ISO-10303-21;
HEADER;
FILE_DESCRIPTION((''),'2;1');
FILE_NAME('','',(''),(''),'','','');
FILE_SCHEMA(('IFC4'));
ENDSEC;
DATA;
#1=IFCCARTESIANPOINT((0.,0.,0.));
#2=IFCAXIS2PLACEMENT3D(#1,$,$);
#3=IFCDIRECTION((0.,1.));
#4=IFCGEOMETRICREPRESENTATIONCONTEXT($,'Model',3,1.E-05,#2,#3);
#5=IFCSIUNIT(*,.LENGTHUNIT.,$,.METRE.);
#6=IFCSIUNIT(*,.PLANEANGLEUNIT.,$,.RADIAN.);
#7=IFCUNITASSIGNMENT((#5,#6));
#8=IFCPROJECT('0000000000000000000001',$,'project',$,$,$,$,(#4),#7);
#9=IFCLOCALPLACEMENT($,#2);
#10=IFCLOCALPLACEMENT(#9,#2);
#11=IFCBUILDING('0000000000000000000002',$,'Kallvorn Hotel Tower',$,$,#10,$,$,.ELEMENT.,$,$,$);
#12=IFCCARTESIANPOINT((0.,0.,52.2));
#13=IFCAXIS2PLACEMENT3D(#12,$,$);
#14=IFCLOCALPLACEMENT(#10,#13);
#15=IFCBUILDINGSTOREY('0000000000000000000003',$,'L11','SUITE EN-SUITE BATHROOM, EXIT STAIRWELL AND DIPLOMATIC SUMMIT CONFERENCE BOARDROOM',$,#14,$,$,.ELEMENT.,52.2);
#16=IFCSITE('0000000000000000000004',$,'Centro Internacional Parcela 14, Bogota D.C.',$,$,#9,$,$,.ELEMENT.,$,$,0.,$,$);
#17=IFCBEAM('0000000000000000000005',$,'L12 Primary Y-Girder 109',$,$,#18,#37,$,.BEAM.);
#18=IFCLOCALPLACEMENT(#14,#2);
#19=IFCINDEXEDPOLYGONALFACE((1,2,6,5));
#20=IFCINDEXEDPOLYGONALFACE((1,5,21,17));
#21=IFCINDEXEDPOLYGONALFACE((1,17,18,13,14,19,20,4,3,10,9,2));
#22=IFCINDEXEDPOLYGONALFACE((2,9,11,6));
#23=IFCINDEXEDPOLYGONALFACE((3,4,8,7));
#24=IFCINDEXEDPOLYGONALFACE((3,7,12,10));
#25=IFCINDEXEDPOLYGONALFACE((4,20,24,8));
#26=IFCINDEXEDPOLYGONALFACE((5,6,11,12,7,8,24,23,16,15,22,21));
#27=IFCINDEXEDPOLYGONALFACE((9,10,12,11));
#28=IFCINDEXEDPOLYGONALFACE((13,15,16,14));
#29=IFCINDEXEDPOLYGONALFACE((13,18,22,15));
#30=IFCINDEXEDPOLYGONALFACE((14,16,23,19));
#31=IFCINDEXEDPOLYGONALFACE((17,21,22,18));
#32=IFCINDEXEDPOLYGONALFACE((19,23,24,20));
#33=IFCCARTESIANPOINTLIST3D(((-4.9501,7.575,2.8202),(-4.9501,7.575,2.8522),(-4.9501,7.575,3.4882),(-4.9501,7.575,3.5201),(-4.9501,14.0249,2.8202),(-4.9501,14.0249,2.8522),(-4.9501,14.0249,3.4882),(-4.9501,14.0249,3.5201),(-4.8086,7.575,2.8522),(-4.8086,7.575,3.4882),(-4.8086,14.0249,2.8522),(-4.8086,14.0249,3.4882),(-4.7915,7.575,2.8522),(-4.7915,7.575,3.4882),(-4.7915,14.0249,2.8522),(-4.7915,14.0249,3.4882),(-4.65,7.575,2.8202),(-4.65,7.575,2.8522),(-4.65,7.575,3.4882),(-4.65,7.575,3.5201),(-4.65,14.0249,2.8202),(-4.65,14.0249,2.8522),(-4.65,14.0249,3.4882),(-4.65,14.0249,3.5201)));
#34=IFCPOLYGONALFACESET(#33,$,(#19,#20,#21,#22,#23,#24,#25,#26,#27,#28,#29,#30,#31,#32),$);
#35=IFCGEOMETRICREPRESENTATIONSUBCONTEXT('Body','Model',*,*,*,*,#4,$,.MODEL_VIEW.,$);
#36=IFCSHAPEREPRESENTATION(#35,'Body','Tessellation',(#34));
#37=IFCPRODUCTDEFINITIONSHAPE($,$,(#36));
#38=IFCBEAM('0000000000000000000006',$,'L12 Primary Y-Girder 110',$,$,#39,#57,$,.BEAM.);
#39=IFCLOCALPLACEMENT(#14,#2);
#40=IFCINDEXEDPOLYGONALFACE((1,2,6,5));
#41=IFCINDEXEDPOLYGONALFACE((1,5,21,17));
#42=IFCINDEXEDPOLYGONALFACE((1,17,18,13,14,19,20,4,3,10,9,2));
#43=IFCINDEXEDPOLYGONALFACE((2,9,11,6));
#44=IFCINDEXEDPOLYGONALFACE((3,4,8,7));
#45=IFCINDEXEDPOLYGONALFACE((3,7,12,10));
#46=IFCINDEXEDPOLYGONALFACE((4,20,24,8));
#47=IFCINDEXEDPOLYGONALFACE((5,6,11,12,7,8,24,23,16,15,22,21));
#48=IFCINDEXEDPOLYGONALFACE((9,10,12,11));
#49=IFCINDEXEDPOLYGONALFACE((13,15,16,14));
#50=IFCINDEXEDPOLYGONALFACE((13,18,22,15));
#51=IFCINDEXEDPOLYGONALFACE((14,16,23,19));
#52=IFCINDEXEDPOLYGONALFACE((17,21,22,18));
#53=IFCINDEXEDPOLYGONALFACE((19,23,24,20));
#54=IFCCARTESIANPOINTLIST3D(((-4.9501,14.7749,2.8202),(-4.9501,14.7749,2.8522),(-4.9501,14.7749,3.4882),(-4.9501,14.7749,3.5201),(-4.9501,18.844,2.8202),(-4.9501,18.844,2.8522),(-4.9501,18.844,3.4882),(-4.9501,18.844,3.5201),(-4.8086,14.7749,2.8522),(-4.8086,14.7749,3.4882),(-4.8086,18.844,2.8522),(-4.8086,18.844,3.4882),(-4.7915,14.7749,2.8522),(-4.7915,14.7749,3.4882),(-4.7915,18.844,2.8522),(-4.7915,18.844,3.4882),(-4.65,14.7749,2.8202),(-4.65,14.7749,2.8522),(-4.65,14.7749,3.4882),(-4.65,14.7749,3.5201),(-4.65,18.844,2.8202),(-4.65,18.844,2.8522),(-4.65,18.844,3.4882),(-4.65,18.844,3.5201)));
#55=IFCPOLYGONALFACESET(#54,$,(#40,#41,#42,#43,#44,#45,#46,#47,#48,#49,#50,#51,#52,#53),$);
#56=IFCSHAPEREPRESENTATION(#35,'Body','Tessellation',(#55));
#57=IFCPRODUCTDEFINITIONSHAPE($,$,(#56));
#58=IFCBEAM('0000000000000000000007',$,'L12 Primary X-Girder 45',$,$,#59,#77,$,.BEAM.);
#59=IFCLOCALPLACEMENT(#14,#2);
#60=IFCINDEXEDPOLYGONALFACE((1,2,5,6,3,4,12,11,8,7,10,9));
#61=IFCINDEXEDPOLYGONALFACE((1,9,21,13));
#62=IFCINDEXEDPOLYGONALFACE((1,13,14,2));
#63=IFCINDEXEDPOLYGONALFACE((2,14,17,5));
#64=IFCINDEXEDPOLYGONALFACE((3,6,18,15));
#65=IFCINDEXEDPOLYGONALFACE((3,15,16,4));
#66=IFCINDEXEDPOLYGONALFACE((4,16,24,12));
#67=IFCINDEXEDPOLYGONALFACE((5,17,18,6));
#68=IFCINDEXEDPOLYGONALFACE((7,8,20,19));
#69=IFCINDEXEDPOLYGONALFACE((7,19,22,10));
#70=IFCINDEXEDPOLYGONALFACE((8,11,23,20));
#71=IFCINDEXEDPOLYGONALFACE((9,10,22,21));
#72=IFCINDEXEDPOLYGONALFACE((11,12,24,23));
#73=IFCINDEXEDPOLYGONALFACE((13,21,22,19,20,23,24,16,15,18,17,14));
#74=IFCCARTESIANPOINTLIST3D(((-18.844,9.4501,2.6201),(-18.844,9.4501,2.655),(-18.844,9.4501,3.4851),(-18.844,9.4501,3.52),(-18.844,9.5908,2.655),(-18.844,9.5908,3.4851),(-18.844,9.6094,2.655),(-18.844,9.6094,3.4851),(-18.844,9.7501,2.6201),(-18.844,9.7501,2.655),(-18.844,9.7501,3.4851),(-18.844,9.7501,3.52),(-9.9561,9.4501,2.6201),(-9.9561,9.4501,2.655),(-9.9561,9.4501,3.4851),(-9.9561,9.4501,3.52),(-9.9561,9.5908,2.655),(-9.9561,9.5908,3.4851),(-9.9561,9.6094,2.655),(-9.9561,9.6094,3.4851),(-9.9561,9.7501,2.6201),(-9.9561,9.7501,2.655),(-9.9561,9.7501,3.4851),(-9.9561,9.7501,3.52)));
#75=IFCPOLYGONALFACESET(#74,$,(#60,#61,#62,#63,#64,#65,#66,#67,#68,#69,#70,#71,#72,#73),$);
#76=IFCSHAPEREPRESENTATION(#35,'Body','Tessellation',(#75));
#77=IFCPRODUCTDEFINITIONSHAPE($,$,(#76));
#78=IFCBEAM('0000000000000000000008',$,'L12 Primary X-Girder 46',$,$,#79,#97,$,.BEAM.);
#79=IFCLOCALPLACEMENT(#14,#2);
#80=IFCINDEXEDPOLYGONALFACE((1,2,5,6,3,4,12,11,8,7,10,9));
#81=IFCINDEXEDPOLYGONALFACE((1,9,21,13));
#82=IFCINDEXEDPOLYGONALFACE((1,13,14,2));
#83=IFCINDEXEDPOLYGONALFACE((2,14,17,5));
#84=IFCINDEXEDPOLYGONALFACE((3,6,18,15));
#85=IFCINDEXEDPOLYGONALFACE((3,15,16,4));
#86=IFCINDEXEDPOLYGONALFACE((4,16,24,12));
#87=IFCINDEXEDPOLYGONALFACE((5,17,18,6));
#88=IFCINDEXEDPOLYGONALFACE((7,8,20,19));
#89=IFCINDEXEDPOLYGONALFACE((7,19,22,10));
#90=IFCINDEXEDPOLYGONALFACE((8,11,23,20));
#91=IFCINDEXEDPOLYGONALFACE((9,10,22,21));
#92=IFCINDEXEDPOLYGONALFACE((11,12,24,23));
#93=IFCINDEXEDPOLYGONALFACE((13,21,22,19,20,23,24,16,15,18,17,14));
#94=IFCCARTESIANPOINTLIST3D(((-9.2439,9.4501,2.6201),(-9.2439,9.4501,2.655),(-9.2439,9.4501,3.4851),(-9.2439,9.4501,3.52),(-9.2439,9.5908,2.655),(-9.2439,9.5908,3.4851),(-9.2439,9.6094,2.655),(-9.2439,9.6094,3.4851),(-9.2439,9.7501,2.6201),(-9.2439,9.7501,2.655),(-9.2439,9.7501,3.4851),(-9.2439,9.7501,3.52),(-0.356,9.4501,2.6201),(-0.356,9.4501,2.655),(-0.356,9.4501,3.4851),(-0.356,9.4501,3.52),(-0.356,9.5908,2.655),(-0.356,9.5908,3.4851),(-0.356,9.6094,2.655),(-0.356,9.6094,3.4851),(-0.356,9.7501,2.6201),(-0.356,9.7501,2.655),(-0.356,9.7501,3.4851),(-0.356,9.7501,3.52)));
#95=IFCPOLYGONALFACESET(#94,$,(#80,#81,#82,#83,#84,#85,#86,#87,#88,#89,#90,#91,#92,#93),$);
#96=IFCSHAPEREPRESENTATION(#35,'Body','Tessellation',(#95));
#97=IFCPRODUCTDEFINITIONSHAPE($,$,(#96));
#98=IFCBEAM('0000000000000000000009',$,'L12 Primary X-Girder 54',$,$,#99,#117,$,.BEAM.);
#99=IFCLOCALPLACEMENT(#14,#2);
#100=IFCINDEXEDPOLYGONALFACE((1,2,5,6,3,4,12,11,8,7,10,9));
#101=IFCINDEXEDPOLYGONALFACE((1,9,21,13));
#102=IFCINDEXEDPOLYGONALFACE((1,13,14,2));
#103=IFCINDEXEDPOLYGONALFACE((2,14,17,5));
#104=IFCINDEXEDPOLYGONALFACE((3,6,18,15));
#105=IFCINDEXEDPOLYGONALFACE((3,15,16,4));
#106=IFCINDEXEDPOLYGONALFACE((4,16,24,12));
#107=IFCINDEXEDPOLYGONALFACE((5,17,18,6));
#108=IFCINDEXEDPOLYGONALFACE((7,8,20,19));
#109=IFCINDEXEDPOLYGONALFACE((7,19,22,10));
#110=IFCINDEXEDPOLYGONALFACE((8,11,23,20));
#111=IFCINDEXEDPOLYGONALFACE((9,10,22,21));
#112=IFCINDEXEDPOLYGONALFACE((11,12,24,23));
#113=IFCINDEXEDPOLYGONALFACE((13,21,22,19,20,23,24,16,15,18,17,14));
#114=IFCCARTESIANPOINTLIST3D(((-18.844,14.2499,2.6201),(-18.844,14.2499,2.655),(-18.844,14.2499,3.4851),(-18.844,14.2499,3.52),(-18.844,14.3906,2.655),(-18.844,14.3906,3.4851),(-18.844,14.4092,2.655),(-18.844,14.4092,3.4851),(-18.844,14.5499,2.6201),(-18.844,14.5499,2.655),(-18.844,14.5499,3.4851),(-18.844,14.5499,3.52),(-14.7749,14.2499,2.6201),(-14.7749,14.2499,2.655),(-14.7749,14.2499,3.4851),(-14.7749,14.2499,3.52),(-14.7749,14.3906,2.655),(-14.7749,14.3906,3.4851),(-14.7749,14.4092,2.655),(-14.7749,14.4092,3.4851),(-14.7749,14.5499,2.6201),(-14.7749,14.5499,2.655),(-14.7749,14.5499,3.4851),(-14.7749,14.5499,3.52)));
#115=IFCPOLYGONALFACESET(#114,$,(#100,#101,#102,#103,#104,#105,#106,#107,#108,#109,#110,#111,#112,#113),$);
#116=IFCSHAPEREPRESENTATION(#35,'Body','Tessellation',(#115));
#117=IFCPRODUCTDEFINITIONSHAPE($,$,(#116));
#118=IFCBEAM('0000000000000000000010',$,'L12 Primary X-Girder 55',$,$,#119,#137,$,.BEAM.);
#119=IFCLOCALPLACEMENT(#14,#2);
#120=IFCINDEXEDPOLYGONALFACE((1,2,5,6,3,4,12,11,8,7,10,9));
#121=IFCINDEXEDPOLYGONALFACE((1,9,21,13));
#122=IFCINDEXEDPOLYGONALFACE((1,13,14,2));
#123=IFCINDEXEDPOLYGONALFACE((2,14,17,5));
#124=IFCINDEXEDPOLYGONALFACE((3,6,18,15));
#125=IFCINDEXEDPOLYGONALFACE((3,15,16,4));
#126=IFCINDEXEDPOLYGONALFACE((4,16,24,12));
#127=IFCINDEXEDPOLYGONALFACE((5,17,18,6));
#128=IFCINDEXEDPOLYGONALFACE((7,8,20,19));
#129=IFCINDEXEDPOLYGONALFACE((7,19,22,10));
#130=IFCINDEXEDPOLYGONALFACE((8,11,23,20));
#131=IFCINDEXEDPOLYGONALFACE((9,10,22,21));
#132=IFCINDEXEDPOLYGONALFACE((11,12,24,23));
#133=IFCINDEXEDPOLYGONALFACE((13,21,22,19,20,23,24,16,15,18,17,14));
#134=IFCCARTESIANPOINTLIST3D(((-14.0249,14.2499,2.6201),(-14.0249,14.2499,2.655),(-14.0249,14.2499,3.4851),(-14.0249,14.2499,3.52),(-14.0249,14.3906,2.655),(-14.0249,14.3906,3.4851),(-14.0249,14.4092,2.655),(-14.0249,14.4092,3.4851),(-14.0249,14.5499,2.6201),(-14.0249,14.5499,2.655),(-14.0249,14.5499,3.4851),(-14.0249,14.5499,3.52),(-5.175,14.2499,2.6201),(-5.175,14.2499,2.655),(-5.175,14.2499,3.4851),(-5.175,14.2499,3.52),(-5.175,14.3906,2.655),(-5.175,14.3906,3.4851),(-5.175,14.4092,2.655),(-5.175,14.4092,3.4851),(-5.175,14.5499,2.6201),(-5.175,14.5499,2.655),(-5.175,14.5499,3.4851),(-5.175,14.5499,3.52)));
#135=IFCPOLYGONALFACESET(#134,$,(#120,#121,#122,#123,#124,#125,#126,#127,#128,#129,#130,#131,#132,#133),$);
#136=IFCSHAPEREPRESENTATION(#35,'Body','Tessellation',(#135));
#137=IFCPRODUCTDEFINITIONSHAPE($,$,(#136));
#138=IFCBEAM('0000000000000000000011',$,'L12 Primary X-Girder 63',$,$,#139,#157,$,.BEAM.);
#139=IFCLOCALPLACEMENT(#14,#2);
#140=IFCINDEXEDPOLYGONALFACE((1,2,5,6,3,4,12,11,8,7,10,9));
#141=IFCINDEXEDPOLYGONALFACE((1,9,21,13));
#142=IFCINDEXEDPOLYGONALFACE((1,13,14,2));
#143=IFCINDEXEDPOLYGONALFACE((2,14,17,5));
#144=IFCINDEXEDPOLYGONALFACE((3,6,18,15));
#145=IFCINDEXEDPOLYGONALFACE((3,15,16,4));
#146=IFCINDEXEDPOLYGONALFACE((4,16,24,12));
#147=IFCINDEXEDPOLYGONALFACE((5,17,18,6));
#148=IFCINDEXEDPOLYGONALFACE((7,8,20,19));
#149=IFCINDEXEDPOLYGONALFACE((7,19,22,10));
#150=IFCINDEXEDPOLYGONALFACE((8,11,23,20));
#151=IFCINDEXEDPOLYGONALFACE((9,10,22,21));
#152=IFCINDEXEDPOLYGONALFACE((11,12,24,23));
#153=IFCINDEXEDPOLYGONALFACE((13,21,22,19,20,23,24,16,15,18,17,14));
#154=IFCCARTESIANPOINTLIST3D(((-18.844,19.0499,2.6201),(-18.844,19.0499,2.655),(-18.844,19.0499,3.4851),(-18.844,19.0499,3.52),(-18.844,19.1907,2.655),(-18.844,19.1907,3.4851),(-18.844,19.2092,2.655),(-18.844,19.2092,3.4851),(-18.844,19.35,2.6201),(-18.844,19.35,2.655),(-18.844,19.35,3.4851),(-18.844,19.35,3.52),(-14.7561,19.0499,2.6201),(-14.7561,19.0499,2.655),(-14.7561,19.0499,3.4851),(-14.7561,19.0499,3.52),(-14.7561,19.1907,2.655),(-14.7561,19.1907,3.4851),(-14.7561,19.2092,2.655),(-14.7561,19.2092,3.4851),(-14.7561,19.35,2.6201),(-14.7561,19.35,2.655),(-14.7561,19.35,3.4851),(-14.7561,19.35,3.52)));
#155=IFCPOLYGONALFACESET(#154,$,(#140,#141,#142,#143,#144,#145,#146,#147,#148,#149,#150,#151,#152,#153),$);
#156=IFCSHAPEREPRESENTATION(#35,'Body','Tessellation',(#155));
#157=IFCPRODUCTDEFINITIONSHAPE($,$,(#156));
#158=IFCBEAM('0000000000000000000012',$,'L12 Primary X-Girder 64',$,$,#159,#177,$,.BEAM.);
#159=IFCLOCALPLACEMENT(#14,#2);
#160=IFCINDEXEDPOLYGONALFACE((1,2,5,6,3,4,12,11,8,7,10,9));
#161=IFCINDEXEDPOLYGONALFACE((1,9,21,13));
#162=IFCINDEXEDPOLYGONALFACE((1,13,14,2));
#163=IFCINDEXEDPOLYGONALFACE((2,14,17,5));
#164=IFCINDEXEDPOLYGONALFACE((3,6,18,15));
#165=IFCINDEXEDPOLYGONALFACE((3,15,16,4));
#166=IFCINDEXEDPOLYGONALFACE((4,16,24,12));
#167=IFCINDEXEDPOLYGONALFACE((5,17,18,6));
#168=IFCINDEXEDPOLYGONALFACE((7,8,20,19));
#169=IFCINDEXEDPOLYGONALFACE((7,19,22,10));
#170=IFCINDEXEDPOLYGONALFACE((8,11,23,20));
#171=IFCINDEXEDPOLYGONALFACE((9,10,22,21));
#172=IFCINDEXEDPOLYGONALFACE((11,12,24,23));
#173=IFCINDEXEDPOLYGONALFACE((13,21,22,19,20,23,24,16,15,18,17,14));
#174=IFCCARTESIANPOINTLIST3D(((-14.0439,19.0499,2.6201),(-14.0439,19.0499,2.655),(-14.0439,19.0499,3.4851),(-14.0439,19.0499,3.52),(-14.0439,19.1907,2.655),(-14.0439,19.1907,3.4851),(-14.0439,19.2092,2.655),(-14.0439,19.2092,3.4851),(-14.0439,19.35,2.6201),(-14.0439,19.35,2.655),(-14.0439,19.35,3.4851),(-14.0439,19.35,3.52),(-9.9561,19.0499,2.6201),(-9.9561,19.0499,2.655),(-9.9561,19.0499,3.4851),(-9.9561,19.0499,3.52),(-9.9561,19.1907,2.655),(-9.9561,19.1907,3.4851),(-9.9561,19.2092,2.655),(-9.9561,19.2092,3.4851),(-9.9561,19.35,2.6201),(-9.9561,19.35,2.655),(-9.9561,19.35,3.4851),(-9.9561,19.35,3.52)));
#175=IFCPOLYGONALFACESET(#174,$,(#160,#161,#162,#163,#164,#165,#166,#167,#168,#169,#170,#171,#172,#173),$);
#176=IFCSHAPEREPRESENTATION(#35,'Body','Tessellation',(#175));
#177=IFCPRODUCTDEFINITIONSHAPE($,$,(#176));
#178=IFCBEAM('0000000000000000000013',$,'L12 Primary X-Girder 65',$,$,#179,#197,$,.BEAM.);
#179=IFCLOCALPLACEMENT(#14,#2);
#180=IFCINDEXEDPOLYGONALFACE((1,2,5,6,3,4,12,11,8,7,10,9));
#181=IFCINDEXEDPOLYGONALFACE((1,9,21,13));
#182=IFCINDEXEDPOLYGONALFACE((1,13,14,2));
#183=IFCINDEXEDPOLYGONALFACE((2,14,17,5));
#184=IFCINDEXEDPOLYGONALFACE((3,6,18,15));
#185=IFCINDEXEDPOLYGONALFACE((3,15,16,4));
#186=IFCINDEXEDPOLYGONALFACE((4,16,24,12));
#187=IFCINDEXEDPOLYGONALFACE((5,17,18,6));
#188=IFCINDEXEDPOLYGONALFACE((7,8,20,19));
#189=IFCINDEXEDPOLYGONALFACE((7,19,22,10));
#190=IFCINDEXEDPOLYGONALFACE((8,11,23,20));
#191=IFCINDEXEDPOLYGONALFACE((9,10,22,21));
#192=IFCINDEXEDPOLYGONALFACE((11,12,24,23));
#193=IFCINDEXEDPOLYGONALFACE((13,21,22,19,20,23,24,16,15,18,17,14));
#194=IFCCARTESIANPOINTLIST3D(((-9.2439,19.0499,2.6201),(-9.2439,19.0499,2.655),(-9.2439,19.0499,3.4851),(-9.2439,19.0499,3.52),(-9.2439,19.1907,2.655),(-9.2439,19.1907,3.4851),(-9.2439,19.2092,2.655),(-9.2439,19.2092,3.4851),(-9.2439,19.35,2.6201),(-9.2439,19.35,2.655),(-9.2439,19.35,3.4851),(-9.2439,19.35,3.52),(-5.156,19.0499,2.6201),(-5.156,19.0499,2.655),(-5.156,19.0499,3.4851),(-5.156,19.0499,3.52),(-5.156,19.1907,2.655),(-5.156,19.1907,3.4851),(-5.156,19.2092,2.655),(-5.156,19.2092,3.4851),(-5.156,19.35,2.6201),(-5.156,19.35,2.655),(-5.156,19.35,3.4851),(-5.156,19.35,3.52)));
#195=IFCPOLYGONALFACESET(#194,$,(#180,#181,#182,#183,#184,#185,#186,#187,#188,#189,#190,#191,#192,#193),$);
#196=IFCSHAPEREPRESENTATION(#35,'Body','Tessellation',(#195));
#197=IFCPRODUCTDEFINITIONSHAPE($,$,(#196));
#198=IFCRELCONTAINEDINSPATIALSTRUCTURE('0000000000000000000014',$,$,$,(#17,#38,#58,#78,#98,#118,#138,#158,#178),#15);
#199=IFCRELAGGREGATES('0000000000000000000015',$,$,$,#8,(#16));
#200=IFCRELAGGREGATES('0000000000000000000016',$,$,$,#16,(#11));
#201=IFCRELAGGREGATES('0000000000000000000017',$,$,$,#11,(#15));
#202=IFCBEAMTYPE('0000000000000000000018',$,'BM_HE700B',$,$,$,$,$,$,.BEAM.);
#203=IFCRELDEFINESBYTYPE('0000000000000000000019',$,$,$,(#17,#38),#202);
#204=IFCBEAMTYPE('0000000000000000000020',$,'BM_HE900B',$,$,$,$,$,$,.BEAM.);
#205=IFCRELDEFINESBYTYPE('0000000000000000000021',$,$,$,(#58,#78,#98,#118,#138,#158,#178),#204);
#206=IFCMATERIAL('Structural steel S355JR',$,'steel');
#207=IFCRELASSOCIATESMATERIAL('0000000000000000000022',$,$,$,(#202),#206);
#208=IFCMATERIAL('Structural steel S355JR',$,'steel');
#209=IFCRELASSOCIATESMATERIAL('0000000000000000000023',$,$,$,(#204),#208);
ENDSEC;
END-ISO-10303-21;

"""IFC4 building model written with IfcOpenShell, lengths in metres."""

from ifc_helpers import new_model, si_unit, direction, frame, origin, origin_2d, place, context, subcontext, project, spatial, i_section, extrude, material, material_profile, profile_set, type_object, element, save


model = new_model("IFC4")

# Units and contexts
model_context = context("Model", 3, precision=1e-05, world=origin(), true_north=direction((0.0, 1.0)))
body_context = subcontext(model_context, "Body", "Model", "MODEL_VIEW")
ifc_project = project(units=[si_unit("LENGTHUNIT", "METRE"), si_unit("PLANEANGLEUNIT", "RADIAN")], contexts=[model_context])

# Site, building, storey
site_placement = place(None, origin())
site = spatial("IfcSite", under=ifc_project, at=site_placement, Name="Centro Internacional Parcela 14, Bogota D.C.", CompositionType="ELEMENT", RefElevation=0.0)
building_placement = place(site_placement, origin())
building = spatial("IfcBuilding", under=site, at=building_placement, Name="Kallvorn Hotel Tower", CompositionType="ELEMENT")
storey_placement = place(building_placement, frame((0.0, 0.0, 52.2)))
storey = spatial("IfcBuildingStorey", under=building, at=storey_placement, Name="L11", Description="SUITE EN-SUITE BATHROOM, EXIT STAIRWELL AND DIPLOMATIC SUMMIT CONFERENCE BOARDROOM", CompositionType="ELEMENT", Elevation=52.2)

# Beams
ifc_material_1 = material(Name="Structural steel S355JR", Category="steel")
ifc_material_profile_1 = material_profile(ifc_material_1, i_section(OverallWidth=0.3, OverallDepth=0.7, WebThickness=0.0171, FlangeThickness=0.032, at=origin_2d()), Name="HE 700 B")
ifc_profile_set_1 = profile_set([ifc_material_profile_1], Name="Structural steel S355JR")
beam_type_1 = type_object("IfcBeamType", Name="BM_HE700B", PredefinedType="BEAM", material=ifc_profile_set_1)
beam_1_placement = place(storey_placement, frame((-4.8, 7.575, 3.1702), z_axis=(0.0, 1.0, 0.0), x_axis=(-1.0, 0.0, 0.0)))
element("IfcBeam", 1, at=beam_1_placement, inside=storey, type_object=beam_type_1, Name="L12 Primary Y-Girder 109", PredefinedType="BEAM", context=body_context, shape_type="SweptSolid", body=[
    extrude(i_section(OverallWidth=0.3, OverallDepth=0.7, WebThickness=0.0171, FlangeThickness=0.032, at=origin_2d()), origin(), (0.0, 0.0, 1.0), 6.45),
])
beam_2_placement = place(storey_placement, frame((-4.8, 14.7749, 3.1702), z_axis=(0.0, 1.0, 0.0), x_axis=(-1.0, 0.0, 0.0)))
element("IfcBeam", 2, at=beam_2_placement, inside=storey, type_object=beam_type_1, Name="L12 Primary Y-Girder 110", PredefinedType="BEAM", context=body_context, shape_type="SweptSolid", body=[
    extrude(i_section(OverallWidth=0.3, OverallDepth=0.7, WebThickness=0.0171, FlangeThickness=0.032, at=origin_2d()), origin(), (0.0, 0.0, 1.0), 4.0691),
])
ifc_material_2 = material(Name="Structural steel S355JR", Category="steel")
ifc_material_profile_2 = material_profile(ifc_material_2, i_section(OverallWidth=0.3, OverallDepth=0.8999, WebThickness=0.0186, FlangeThickness=0.0349, at=origin_2d()), Name="HE 900 B")
ifc_profile_set_2 = profile_set([ifc_material_profile_2], Name="Structural steel S355JR")
beam_type_2 = type_object("IfcBeamType", Name="BM_HE900B", PredefinedType="BEAM", material=ifc_profile_set_2)
for number, where, z_axis, x_axis, name in (
    (3, (-18.844, 9.6001, 3.0701), (1.0, 0.0, 0.0), (0.0, 1.0, 0.0), "L12 Primary X-Girder 45"),
    (4, (-9.2439, 9.6001, 3.0701), (1.0, 0.0, 0.0), (0.0, 1.0, 0.0), "L12 Primary X-Girder 46"),
):
    element("IfcBeam", number, at=place(storey_placement, frame(where, z_axis=z_axis, x_axis=x_axis)), inside=storey, type_object=beam_type_2, Name=name, PredefinedType="BEAM", context=body_context, shape_type="SweptSolid", body=[
        extrude(i_section(OverallWidth=0.3, OverallDepth=0.8999, WebThickness=0.0186, FlangeThickness=0.0349, at=origin_2d()), origin(), (0.0, 0.0, 1.0), 8.8879),
    ])
beam_3_placement = place(storey_placement, frame((-18.844, 14.3999, 3.0701), z_axis=(1.0, 0.0, 0.0), x_axis=(0.0, 1.0, 0.0)))
element("IfcBeam", 5, at=beam_3_placement, inside=storey, type_object=beam_type_2, Name="L12 Primary X-Girder 54", PredefinedType="BEAM", context=body_context, shape_type="SweptSolid", body=[
    extrude(i_section(OverallWidth=0.3, OverallDepth=0.8999, WebThickness=0.0186, FlangeThickness=0.0349, at=origin_2d()), origin(), (0.0, 0.0, 1.0), 4.0691),
])
beam_4_placement = place(storey_placement, frame((-14.0249, 14.3999, 3.0701), z_axis=(1.0, 0.0, 0.0), x_axis=(0.0, 1.0, 0.0)))
element("IfcBeam", 6, at=beam_4_placement, inside=storey, type_object=beam_type_2, Name="L12 Primary X-Girder 55", PredefinedType="BEAM", context=body_context, shape_type="SweptSolid", body=[
    extrude(i_section(OverallWidth=0.3, OverallDepth=0.8999, WebThickness=0.0186, FlangeThickness=0.0349, at=origin_2d()), origin(), (0.0, 0.0, 1.0), 8.8499),
])
for number, where, z_axis, x_axis, name in (
    (7, (-18.844, 19.2, 3.0701), (1.0, 0.0, 0.0), (0.0, 1.0, 0.0), "L12 Primary X-Girder 63"),
    (8, (-14.0439, 19.2, 3.0701), (1.0, 0.0, 0.0), (0.0, 1.0, 0.0), "L12 Primary X-Girder 64"),
    (9, (-9.2439, 19.2, 3.0701), (1.0, 0.0, 0.0), (0.0, 1.0, 0.0), "L12 Primary X-Girder 65"),
):
    element("IfcBeam", number, at=place(storey_placement, frame(where, z_axis=z_axis, x_axis=x_axis)), inside=storey, type_object=beam_type_2, Name=name, PredefinedType="BEAM", context=body_context, shape_type="SweptSolid", body=[
        extrude(i_section(OverallWidth=0.3, OverallDepth=0.8999, WebThickness=0.0186, FlangeThickness=0.0349, at=origin_2d()), origin(), (0.0, 0.0, 1.0), 4.0879),
    ])

save(model, "model.ifc")
